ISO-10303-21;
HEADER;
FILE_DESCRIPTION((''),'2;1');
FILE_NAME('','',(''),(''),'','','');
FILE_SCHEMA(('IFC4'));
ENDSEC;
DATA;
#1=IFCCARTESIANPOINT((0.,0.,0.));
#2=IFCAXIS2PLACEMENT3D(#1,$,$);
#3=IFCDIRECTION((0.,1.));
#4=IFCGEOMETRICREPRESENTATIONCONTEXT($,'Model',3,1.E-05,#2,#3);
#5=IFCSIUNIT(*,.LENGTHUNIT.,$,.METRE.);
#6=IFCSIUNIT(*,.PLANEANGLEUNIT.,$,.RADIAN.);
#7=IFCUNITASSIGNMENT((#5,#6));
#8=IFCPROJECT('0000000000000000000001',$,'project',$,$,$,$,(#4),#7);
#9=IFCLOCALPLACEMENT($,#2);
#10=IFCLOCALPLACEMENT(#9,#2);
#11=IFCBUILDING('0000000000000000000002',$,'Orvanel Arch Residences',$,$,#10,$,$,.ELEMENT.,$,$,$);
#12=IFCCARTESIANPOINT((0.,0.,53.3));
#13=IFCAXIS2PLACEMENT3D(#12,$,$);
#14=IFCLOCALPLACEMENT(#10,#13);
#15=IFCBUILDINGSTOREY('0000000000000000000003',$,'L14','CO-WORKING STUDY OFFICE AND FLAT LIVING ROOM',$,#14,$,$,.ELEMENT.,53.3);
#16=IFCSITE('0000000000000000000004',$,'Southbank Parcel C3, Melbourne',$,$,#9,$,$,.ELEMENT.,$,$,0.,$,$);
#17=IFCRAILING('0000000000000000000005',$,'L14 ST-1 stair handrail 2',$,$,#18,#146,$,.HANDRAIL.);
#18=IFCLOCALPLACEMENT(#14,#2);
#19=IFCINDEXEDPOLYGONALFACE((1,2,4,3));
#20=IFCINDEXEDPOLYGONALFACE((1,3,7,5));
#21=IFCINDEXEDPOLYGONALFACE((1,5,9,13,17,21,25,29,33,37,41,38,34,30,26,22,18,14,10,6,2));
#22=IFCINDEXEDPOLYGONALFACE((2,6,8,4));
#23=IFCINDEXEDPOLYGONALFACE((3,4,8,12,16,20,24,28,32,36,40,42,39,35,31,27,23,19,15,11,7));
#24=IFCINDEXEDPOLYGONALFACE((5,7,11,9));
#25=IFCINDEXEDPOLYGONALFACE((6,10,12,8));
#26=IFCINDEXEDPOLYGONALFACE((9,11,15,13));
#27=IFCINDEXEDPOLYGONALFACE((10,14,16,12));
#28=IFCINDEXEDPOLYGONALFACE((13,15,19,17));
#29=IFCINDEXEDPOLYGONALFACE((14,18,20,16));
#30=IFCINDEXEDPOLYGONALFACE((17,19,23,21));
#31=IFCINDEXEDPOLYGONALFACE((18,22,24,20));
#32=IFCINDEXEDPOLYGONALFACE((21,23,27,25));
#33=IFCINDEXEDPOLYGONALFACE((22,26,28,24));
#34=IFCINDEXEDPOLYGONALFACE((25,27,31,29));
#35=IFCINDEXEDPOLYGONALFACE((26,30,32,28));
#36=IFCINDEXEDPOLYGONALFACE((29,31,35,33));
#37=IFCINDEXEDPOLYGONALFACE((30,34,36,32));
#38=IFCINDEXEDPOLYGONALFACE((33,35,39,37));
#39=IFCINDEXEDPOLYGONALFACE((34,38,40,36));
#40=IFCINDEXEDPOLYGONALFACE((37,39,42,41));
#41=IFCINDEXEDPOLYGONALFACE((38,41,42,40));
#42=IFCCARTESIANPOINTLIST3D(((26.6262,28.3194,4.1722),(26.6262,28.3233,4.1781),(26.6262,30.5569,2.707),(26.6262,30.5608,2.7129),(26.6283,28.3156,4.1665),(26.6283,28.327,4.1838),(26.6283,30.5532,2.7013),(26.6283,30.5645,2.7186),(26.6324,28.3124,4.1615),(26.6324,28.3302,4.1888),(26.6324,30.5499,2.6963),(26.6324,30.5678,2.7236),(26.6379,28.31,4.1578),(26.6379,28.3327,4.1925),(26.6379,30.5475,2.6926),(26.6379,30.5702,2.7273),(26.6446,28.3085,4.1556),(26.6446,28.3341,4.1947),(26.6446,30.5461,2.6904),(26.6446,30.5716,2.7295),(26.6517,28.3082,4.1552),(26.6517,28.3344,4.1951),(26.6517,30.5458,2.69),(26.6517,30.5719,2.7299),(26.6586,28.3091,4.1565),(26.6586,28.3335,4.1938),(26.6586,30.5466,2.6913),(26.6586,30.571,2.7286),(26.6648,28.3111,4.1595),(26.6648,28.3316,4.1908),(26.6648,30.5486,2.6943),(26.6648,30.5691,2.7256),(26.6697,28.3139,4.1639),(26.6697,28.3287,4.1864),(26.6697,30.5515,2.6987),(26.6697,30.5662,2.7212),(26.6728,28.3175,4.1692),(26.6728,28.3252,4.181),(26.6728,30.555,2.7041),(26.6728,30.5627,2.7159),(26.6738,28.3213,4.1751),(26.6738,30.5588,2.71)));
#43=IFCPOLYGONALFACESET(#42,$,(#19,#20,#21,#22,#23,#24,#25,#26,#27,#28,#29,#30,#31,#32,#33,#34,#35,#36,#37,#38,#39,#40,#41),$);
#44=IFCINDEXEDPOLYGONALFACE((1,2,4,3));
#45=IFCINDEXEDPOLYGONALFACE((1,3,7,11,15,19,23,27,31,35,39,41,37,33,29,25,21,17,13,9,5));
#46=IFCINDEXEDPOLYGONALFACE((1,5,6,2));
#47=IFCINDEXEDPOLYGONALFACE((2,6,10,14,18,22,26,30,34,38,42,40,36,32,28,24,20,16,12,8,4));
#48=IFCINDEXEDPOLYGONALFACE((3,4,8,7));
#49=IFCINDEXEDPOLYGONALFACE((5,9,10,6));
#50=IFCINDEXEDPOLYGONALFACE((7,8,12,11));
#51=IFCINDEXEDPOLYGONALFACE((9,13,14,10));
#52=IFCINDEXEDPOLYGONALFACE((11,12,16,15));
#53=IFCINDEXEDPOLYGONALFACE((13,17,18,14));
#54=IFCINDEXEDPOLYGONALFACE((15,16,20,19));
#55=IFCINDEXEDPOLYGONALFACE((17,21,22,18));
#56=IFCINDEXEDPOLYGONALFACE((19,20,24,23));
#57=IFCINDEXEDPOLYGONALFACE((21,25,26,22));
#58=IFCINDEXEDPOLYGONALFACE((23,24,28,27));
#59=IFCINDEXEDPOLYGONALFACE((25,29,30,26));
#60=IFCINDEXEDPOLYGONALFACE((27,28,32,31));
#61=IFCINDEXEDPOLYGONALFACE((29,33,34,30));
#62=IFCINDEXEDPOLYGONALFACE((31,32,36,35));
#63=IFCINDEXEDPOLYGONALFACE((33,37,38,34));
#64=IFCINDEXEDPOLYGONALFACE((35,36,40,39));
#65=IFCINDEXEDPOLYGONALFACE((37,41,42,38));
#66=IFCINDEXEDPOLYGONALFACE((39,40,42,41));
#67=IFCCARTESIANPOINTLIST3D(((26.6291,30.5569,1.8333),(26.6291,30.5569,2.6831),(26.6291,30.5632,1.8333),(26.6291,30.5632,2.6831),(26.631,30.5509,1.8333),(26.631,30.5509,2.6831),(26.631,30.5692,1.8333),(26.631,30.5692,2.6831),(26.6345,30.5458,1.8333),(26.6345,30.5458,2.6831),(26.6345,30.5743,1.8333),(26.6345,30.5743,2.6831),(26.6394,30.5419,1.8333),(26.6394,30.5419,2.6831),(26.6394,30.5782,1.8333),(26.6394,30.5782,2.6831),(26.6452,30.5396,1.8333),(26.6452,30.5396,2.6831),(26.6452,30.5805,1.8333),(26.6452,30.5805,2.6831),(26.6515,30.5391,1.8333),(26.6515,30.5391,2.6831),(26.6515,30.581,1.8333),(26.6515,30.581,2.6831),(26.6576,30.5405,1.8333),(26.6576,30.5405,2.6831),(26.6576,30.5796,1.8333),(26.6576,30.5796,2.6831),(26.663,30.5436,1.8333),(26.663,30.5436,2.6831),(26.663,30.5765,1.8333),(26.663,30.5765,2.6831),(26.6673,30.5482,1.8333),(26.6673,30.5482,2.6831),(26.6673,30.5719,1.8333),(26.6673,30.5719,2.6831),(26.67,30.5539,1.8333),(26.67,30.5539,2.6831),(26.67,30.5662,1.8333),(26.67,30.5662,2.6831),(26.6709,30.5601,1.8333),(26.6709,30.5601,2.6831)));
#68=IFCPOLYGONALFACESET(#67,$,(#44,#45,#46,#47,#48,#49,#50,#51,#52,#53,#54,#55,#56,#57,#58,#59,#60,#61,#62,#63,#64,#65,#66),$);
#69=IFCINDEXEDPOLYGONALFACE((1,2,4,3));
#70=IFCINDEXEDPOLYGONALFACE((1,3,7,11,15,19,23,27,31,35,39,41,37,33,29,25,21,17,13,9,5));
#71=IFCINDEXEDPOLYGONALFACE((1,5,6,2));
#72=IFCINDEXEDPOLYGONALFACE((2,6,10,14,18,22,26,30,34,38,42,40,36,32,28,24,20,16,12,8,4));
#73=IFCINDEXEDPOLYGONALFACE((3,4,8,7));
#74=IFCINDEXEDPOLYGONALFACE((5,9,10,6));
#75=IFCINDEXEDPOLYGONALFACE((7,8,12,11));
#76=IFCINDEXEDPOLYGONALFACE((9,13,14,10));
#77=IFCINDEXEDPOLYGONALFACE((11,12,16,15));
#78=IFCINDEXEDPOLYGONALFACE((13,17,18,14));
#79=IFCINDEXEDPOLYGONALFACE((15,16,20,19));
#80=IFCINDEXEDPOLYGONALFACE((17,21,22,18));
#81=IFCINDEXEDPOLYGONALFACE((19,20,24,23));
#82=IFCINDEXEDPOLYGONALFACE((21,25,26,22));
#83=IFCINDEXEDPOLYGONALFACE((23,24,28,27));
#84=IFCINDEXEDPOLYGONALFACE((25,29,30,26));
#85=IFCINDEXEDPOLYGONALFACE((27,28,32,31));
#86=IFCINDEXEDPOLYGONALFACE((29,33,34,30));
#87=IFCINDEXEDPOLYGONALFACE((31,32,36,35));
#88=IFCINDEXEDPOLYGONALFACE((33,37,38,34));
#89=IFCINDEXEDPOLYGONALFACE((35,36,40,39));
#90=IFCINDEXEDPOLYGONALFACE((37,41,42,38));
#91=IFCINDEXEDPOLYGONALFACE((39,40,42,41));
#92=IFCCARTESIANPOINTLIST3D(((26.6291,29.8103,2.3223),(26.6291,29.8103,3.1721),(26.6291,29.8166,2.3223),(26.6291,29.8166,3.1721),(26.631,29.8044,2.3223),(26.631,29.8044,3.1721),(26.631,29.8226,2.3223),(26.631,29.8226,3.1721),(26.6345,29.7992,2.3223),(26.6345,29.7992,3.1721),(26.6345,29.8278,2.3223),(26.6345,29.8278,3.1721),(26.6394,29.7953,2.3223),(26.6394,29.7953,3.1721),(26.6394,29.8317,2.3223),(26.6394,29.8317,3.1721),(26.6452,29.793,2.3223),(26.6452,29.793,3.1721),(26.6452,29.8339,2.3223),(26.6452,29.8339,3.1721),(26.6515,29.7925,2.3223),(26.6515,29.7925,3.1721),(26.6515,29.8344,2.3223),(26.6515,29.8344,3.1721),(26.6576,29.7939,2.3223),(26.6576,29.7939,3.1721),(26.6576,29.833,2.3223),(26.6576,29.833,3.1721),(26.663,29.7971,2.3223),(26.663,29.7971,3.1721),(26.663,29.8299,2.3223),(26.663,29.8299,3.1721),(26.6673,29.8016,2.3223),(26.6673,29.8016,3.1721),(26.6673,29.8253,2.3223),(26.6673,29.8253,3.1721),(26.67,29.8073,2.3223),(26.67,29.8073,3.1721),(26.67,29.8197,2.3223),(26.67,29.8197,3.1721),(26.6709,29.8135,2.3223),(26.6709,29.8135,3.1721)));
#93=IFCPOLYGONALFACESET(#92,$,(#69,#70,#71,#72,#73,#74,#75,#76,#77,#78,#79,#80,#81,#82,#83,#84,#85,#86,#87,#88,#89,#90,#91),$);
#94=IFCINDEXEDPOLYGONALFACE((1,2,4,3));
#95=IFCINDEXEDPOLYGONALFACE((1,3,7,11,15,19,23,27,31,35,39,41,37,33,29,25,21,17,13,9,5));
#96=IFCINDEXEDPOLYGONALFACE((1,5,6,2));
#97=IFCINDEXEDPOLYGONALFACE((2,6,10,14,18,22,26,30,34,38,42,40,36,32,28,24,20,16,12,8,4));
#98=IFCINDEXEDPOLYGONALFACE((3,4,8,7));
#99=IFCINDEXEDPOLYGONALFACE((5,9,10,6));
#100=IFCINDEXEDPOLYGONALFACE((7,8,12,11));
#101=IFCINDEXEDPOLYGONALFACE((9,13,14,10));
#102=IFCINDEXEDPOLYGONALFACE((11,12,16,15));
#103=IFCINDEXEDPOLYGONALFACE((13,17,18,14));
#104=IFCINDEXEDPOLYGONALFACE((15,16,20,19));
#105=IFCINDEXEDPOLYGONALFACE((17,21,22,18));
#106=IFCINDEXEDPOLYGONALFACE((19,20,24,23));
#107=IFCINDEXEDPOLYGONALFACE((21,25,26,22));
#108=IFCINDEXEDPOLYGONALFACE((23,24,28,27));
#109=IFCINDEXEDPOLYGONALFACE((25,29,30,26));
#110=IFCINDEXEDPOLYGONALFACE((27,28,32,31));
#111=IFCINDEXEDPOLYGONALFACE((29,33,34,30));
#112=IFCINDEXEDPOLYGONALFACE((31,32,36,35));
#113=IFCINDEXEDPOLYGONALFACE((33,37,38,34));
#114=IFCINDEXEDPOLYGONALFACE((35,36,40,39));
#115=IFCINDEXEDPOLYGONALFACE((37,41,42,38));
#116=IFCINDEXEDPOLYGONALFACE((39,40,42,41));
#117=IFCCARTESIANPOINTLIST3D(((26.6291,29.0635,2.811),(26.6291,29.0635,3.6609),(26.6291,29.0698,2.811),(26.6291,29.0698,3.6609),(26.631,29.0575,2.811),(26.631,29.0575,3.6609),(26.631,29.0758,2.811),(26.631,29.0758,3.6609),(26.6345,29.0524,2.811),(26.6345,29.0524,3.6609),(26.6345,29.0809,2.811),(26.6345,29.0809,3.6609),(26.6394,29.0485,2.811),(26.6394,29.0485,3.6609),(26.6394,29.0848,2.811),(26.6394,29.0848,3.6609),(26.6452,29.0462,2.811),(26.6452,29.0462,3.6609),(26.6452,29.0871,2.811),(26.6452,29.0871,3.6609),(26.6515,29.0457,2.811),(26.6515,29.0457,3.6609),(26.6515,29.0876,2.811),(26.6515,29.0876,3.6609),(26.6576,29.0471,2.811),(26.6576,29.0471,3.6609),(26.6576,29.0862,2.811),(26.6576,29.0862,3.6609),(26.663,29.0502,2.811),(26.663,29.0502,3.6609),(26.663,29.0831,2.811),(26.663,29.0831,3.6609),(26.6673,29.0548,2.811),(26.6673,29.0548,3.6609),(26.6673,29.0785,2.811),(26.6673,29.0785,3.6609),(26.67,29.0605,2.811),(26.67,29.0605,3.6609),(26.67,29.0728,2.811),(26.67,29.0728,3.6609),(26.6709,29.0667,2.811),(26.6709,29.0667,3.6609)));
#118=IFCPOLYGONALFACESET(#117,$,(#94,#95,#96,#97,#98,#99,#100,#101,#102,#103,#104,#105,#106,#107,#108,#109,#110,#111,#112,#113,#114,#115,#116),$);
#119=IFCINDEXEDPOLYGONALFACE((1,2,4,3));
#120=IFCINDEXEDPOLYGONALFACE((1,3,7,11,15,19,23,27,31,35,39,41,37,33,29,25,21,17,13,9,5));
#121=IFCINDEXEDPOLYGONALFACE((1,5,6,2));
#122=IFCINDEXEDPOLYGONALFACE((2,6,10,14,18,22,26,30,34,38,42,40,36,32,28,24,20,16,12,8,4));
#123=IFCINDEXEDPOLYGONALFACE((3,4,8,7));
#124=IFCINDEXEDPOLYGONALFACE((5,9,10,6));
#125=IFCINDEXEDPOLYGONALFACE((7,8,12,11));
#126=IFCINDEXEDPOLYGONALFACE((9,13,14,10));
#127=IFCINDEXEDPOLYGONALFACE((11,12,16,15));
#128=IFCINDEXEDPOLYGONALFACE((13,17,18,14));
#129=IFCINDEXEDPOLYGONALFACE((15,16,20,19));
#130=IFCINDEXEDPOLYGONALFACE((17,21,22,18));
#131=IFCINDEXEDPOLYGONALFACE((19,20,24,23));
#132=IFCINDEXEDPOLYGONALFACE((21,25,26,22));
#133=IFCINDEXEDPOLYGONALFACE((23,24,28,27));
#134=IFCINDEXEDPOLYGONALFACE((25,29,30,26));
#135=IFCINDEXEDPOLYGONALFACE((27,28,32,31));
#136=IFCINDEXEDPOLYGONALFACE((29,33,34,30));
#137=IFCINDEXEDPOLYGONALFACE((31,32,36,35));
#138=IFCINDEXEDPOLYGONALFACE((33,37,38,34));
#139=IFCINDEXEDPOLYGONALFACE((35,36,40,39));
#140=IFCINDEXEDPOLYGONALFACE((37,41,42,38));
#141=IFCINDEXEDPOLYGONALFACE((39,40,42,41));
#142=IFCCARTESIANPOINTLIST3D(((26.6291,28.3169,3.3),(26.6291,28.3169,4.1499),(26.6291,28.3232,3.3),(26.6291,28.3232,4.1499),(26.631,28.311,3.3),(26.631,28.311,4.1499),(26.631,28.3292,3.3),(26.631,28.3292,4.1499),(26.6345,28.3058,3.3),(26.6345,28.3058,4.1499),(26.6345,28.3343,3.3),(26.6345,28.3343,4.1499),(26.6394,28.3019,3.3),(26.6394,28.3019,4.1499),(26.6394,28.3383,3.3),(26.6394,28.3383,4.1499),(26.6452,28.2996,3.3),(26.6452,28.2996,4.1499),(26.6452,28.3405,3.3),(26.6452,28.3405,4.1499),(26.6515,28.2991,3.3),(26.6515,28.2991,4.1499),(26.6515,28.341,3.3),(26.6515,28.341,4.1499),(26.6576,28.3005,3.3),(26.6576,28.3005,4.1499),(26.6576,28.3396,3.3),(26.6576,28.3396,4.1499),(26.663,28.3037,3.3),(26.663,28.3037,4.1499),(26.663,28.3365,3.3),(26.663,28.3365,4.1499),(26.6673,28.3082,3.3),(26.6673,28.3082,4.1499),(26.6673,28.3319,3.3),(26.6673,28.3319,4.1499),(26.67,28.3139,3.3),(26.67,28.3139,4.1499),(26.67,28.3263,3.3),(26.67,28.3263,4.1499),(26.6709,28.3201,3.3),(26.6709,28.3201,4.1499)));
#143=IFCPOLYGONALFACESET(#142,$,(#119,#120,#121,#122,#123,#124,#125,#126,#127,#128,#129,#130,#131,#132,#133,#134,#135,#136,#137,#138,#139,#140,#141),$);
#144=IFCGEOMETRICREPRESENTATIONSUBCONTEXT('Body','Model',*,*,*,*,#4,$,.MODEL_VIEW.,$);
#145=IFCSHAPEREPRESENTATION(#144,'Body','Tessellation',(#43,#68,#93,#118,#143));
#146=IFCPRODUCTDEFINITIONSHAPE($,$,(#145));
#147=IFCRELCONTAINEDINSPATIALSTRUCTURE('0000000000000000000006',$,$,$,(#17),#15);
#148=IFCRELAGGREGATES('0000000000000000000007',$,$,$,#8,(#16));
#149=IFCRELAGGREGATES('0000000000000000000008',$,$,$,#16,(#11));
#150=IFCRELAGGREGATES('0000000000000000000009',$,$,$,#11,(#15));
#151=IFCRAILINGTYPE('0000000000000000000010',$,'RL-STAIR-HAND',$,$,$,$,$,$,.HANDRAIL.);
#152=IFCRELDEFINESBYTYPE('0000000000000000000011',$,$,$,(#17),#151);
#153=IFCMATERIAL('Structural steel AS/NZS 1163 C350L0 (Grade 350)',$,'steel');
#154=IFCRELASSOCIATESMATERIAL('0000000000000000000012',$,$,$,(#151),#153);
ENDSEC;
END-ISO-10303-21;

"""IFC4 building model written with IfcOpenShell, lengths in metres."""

from ifc_helpers import new_model, si_unit, direction, frame, origin, origin_2d, place, context, subcontext, project, spatial, circle, extrude, material, type_object, element, save


model = new_model("IFC4")

# Units and contexts
model_context = context("Model", 3, precision=1e-05, world=origin(), true_north=direction((0.0, 1.0)))
body_context = subcontext(model_context, "Body", "Model", "MODEL_VIEW")
ifc_project = project(units=[si_unit("LENGTHUNIT", "METRE"), si_unit("PLANEANGLEUNIT", "RADIAN")], contexts=[model_context])

# Site, building, storey
site_placement = place(None, origin())
site = spatial("IfcSite", under=ifc_project, at=site_placement, Name="Southbank Parcel C3, Melbourne", CompositionType="ELEMENT", RefElevation=0.0)
building_placement = place(site_placement, origin())
building = spatial("IfcBuilding", under=site, at=building_placement, Name="Orvanel Arch Residences", CompositionType="ELEMENT")
storey_placement = place(building_placement, frame((0.0, 0.0, 53.3)))
storey = spatial("IfcBuildingStorey", under=building, at=storey_placement, Name="L14", Description="CO-WORKING STUDY OFFICE AND FLAT LIVING ROOM", CompositionType="ELEMENT", Elevation=53.3)

# Railing
ifc_material_1 = material(Name="Structural steel AS/NZS 1163 C350L0 (Grade 350)", Category="steel")
railing_type_1 = type_object("IfcRailingType", Name="RL-STAIR-HAND", PredefinedType="HANDRAIL", material=ifc_material_1)
railing_1_placement = place(storey_placement, frame((26.6499, 30.5601, 1.8333)))
element("IfcRailing", 1, at=railing_1_placement, inside=storey, type_object=railing_type_1, Name="L14 ST-1 stair handrail 2", PredefinedType="HANDRAIL", context=body_context, shape_type="SweptSolid", body=[
    extrude(circle(Radius=0.0239, at=origin_2d()), frame((0.0, -0.0012, 0.8767), z_axis=(0.0, -0.836595, 0.547822), x_axis=(1.0, 0.0, 0.0)), (0.0, 0.0, 1.0), 2.6746),
    extrude(circle(Radius=0.021, at=origin_2d()), origin(), (0.0, 0.0, 1.0), 0.8499),
    extrude(circle(Radius=0.021, at=origin_2d()), frame((0.0, -0.7466, 0.489)), (0.0, 0.0, 1.0), 0.8499),
    extrude(circle(Radius=0.021, at=origin_2d()), frame((0.0, -1.4934, 0.9778)), (0.0, 0.0, 1.0), 0.8499),
    extrude(circle(Radius=0.021, at=origin_2d()), frame((0.0, -2.24, 1.4668)), (0.0, 0.0, 1.0), 0.8499),
])

save(model, "model.ifc")
